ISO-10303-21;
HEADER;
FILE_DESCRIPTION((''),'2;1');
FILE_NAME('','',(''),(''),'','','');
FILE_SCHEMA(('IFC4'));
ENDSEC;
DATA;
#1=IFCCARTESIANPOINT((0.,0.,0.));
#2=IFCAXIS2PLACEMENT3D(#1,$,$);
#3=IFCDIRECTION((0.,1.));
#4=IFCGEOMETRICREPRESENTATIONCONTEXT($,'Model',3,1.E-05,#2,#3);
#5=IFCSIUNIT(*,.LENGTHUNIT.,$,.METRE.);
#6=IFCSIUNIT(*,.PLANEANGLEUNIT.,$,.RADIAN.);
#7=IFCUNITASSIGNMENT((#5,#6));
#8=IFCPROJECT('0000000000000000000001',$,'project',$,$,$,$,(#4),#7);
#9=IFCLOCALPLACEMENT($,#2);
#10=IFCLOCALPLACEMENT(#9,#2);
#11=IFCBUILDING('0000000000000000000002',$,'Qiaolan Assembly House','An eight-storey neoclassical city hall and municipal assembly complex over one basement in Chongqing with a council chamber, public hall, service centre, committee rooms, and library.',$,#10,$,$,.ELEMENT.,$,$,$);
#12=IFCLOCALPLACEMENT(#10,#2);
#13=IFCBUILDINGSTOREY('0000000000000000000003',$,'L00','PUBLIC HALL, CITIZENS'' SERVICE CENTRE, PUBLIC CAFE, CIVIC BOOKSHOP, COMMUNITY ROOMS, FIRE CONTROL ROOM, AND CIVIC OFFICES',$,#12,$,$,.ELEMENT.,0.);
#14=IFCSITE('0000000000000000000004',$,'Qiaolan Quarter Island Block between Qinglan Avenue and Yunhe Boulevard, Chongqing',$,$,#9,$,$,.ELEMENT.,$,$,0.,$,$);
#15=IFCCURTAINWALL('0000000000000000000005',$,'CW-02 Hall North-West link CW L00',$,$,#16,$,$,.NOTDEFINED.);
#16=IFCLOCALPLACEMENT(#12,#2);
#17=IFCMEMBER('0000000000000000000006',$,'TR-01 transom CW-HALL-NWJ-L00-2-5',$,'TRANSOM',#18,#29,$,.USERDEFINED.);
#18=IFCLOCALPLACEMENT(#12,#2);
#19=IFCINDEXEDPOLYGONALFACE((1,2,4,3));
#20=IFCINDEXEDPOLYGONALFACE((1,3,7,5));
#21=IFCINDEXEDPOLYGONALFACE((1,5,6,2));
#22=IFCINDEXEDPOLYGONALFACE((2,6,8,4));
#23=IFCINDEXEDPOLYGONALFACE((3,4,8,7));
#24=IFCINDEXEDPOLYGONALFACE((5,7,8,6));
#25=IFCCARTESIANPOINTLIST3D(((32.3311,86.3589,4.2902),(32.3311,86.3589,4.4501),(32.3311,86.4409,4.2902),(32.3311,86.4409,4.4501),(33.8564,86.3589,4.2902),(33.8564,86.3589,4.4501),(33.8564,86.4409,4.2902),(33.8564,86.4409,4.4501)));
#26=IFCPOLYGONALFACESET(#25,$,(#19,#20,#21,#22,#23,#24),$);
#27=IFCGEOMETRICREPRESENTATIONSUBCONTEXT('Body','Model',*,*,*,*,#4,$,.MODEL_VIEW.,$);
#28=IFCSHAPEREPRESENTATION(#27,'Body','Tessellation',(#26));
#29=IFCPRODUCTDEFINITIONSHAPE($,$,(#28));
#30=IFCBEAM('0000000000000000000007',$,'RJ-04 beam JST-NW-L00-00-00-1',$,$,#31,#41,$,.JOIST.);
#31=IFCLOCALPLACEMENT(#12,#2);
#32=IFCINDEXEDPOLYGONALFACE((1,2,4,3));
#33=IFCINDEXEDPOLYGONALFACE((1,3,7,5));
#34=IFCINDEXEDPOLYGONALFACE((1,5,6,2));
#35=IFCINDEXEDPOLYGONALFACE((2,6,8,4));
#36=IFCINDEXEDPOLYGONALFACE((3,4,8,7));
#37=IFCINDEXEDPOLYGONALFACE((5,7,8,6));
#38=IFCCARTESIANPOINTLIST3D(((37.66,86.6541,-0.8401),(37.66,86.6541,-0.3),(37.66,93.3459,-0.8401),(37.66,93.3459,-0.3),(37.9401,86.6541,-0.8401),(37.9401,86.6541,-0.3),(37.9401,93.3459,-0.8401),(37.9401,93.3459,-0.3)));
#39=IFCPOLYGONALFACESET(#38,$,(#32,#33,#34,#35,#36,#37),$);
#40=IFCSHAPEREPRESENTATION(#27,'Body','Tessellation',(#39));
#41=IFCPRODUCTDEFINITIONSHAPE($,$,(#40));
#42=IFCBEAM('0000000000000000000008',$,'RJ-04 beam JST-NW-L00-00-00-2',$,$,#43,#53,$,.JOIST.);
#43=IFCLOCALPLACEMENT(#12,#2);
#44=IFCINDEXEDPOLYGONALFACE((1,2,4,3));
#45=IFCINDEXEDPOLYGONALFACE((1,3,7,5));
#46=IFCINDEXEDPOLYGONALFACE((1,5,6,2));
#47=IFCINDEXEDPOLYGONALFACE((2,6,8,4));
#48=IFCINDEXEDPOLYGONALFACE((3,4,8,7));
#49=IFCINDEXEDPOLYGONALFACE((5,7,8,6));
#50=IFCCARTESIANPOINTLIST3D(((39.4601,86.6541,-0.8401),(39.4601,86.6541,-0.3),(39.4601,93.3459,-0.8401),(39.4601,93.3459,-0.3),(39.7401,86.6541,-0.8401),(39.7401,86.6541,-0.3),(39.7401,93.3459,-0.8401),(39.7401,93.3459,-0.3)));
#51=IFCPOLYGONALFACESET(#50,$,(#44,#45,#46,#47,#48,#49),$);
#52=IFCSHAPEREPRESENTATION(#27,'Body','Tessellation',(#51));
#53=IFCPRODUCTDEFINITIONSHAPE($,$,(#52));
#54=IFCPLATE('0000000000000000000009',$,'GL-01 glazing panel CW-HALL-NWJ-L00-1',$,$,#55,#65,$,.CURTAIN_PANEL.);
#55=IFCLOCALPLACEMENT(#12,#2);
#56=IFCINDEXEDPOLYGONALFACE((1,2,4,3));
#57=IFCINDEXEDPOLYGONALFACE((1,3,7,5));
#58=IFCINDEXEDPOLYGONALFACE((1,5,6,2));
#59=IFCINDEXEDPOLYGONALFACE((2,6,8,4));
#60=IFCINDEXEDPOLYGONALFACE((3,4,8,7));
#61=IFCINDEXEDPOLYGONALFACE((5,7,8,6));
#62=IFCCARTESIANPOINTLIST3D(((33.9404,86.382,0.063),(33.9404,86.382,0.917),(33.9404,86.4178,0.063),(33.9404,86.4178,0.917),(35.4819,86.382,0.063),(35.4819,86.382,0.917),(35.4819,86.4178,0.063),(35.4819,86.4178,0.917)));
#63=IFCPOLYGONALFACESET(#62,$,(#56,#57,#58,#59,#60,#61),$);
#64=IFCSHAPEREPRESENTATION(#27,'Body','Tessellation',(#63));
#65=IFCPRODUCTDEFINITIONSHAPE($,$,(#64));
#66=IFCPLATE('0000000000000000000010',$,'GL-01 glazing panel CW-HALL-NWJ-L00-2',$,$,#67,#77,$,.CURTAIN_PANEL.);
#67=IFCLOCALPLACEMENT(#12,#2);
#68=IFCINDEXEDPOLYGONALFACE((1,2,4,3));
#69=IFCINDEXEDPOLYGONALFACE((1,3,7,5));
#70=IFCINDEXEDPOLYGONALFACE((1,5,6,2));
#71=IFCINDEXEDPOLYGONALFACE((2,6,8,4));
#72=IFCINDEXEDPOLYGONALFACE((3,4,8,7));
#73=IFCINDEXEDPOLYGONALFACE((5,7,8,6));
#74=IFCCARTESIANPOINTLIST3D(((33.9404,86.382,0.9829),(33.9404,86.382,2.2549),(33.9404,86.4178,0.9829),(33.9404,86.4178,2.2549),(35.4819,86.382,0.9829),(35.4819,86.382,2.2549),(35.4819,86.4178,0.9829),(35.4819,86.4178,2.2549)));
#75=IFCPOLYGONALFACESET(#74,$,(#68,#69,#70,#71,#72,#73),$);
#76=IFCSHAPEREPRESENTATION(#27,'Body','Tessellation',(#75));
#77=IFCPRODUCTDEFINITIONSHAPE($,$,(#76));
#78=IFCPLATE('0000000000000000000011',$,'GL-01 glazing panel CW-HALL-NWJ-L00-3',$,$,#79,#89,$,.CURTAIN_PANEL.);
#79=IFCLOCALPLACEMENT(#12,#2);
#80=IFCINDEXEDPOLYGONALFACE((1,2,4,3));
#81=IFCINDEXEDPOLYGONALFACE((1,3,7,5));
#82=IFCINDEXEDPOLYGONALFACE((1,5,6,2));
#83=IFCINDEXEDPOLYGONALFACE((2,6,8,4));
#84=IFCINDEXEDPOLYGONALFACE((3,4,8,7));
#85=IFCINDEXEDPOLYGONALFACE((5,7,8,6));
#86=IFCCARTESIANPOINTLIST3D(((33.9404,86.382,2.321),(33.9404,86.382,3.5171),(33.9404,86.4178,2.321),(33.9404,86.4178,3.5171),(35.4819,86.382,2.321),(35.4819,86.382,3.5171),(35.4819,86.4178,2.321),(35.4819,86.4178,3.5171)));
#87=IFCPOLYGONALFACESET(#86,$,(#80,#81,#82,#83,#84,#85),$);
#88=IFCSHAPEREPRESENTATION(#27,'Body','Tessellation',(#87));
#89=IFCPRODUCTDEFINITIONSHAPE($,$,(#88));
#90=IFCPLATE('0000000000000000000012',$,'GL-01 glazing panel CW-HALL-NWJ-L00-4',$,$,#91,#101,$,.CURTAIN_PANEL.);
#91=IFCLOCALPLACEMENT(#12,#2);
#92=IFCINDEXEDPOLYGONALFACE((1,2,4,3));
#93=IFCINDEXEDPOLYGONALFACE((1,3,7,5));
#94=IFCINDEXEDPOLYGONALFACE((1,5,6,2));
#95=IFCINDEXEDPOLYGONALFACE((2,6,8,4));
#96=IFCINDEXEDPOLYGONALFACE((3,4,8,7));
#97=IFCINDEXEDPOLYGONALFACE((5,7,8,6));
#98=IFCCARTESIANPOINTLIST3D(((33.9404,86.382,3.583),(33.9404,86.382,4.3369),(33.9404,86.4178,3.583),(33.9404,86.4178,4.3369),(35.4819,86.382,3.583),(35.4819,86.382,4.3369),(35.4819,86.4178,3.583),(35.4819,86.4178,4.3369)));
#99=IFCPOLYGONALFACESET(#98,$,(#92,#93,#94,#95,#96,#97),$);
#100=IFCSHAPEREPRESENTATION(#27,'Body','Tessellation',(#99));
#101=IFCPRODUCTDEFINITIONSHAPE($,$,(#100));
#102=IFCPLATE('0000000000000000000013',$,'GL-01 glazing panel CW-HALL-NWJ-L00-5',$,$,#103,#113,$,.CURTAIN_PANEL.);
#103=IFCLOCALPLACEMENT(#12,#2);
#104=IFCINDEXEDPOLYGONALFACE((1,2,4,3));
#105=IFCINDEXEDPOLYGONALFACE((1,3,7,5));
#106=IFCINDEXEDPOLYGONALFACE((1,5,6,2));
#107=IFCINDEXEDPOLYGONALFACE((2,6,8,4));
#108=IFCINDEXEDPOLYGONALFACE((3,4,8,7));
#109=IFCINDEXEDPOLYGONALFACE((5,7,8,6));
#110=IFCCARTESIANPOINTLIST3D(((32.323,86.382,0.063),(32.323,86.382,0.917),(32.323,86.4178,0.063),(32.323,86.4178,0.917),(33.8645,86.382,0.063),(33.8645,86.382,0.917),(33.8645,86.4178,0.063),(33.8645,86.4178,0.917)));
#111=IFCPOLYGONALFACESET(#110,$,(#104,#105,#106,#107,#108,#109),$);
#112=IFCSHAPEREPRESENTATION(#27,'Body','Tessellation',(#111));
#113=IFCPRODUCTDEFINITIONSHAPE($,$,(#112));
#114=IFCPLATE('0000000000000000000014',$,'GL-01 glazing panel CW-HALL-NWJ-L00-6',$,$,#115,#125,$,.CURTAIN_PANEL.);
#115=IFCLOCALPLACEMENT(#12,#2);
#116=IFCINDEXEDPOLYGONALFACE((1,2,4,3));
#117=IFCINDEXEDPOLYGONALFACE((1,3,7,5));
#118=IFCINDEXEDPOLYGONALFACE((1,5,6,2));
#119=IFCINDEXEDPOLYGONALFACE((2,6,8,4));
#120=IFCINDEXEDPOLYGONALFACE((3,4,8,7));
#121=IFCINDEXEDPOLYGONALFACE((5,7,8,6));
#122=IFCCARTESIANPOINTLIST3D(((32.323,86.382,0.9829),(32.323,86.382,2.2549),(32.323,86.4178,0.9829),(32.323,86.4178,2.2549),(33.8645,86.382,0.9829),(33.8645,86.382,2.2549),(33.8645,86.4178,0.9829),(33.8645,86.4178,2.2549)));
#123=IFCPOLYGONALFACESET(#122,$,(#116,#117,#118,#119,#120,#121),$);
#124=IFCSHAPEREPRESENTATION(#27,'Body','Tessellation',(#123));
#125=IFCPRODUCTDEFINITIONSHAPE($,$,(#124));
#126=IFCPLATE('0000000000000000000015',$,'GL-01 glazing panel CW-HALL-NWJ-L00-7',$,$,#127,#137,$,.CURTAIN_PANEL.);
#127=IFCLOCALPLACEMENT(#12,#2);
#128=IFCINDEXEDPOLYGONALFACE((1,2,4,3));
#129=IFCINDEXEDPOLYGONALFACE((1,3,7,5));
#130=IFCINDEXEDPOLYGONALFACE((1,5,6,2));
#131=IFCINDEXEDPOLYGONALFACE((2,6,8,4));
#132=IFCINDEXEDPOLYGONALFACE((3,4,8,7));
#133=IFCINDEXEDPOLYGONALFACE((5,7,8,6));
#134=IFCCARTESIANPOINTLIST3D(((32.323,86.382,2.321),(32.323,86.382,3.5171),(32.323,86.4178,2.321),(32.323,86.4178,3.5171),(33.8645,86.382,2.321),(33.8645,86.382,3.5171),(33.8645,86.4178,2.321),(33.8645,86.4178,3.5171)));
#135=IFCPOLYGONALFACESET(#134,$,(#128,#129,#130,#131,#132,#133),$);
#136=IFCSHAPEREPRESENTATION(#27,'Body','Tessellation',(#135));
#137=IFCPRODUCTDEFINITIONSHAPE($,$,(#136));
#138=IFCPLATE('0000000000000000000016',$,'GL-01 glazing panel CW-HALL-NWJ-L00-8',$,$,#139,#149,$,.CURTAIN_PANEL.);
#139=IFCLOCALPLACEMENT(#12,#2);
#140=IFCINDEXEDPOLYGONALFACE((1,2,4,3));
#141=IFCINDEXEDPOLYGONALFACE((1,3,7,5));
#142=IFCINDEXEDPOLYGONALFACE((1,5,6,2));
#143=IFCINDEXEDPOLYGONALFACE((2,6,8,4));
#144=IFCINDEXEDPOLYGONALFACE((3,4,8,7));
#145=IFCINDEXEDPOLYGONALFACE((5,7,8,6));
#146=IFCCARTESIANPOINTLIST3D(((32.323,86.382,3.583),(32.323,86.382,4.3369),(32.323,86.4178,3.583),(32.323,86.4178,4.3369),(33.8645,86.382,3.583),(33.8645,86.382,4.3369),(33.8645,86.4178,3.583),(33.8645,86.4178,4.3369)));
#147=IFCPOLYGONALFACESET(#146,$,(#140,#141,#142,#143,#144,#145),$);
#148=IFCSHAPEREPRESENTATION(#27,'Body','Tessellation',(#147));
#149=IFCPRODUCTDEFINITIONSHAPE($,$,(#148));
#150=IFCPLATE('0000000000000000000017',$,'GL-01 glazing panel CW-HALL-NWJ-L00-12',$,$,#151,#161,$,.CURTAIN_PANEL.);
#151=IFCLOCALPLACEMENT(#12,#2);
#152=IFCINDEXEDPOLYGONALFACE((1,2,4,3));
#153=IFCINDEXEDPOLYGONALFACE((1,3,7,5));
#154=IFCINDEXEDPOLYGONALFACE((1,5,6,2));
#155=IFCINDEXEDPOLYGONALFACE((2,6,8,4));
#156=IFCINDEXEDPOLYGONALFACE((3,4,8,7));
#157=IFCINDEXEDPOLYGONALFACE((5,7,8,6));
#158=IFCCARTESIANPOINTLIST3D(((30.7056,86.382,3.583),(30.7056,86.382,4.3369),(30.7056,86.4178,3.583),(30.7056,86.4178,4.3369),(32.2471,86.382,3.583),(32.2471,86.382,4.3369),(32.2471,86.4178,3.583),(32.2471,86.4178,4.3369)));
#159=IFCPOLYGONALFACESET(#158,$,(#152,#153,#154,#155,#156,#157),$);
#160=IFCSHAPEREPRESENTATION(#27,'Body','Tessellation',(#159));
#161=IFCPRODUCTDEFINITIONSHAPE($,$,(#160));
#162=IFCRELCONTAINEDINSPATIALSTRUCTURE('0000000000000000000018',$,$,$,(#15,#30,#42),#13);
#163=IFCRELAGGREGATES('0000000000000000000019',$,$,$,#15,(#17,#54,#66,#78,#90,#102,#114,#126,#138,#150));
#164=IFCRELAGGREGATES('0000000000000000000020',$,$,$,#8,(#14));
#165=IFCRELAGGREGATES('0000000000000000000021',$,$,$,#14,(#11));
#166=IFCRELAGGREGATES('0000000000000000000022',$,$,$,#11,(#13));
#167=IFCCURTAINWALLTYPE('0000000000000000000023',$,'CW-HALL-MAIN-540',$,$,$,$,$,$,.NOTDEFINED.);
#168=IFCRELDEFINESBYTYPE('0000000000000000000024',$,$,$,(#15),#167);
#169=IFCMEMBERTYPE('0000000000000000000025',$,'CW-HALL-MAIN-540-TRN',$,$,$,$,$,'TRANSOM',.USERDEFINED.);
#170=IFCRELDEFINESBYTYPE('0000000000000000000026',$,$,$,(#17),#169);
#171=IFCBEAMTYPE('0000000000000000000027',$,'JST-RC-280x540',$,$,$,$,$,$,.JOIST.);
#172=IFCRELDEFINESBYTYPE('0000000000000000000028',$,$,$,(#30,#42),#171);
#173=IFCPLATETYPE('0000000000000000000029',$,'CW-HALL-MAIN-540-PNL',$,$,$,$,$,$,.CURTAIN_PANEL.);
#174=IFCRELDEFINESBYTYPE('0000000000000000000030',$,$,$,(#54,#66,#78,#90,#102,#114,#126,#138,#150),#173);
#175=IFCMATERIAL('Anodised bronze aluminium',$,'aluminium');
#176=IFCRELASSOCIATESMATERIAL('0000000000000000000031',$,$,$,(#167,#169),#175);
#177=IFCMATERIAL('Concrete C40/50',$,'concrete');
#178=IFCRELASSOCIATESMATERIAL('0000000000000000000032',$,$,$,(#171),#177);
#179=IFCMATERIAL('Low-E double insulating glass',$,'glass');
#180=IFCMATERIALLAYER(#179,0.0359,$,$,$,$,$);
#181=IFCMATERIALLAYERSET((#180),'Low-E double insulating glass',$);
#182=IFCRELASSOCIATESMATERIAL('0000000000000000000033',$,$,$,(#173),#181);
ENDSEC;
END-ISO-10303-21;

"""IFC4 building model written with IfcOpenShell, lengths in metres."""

from ifc_helpers import new_model, si_unit, direction, frame, frame_2d, origin, origin_2d, place, context, subcontext, project, spatial, rectangle, extrude, material, layer, layer_set, material_profile, profile_set, type_object, element, aggregate, save


model = new_model("IFC4")

# Units and contexts
model_context = context("Model", 3, precision=1e-05, world=origin(), true_north=direction((0.0, 1.0)))
body_context = subcontext(model_context, "Body", "Model", "MODEL_VIEW")
ifc_project = project(units=[si_unit("LENGTHUNIT", "METRE"), si_unit("PLANEANGLEUNIT", "RADIAN")], contexts=[model_context])

# Site, building, storey
site_placement = place(None, origin())
site = spatial("IfcSite", under=ifc_project, at=site_placement, Name="Qiaolan Quarter Island Block between Qinglan Avenue and Yunhe Boulevard, Chongqing", CompositionType="ELEMENT", RefElevation=0.0)
building_placement = place(site_placement, origin())
building = spatial("IfcBuilding", under=site, at=building_placement, Name="Qiaolan Assembly House", Description="An eight-storey neoclassical city hall and municipal assembly complex over one basement in Chongqing with a council chamber, public hall, service centre, committee rooms, and library.", CompositionType="ELEMENT")
storey_placement = place(building_placement, origin())
storey = spatial("IfcBuildingStorey", under=building, at=storey_placement, Name="L00", Description="PUBLIC HALL, CITIZENS' SERVICE CENTRE, PUBLIC CAFE, CIVIC BOOKSHOP, COMMUNITY ROOMS, FIRE CONTROL ROOM, AND CIVIC OFFICES", CompositionType="ELEMENT", Elevation=0.0)

# Curtain wall, member
ifc_material_1 = material(Name="Anodised bronze aluminium", Category="aluminium")
curtain_wall_type = type_object("IfcCurtainWallType", Name="CW-HALL-MAIN-540", PredefinedType="NOTDEFINED", material=ifc_material_1)
curtain_wall_placement = place(storey_placement, origin())
curtain_wall = element("IfcCurtainWall", 1, at=curtain_wall_placement, inside=storey, type_object=curtain_wall_type, Name="CW-02 Hall North-West link CW L00", PredefinedType="NOTDEFINED")
ifc_material_profile_1 = material_profile(ifc_material_1, rectangle(XDim=0.082, YDim=0.1599, at=origin_2d()), Name="TRN 82x160")
ifc_profile_set_1 = profile_set([ifc_material_profile_1], Name="Anodised bronze aluminium")
member_type_1 = type_object("IfcMemberType", Name="CW-HALL-MAIN-540-TRN", ElementType="TRANSOM", PredefinedType="USERDEFINED", material=ifc_profile_set_1)
member_1_placement = place(storey_placement, frame((33.8564, 86.3999, 4.3701), z_axis=(-1.0, 0.0, 0.0), x_axis=(0.0, -1.0, 0.0)))
member_1 = element("IfcMember", 2, at=member_1_placement, type_object=member_type_1, Name="TR-01 transom CW-HALL-NWJ-L00-2-5", ObjectType="TRANSOM", PredefinedType="USERDEFINED", context=body_context, shape_type="SweptSolid", body=[
    extrude(rectangle(XDim=0.082, YDim=0.1599, at=origin_2d()), origin(), (0.0, 0.0, 1.0), 1.5254),
])

# Beams
ifc_material_2 = material(Name="Concrete C40/50", Category="concrete")
ifc_material_profile_2 = material_profile(ifc_material_2, rectangle(XDim=0.28, YDim=0.54, at=origin_2d()), Name="RCB 280x540")
ifc_profile_set_2 = profile_set([ifc_material_profile_2], Name="Concrete C40/50")
beam_type_1 = type_object("IfcBeamType", Name="JST-RC-280x540", PredefinedType="JOIST", material=ifc_profile_set_2)
for number, where, z_axis, x_axis, name in (
    (3, (37.8, 86.6541, -0.5701), (0.0, 1.0, 0.0), (-1.0, 0.0, 0.0), "RJ-04 beam JST-NW-L00-00-00-1"),
    (4, (39.6001, 86.6541, -0.5701), (0.0, 1.0, 0.0), (-1.0, 0.0, 0.0), "RJ-04 beam JST-NW-L00-00-00-2"),
):
    element("IfcBeam", number, at=place(storey_placement, frame(where, z_axis=z_axis, x_axis=x_axis)), inside=storey, type_object=beam_type_1, Name=name, PredefinedType="JOIST", context=body_context, shape_type="SweptSolid", body=[
        extrude(rectangle(XDim=0.28, YDim=0.54, at=origin_2d()), origin(), (0.0, 0.0, 1.0), 6.6919),
    ])

# Plates
ifc_material_3 = material(Name="Low-E double insulating glass", Category="glass")
ifc_layer = layer(ifc_material_3, 0.0359)
ifc_layer_set = layer_set([ifc_layer], Name="Low-E double insulating glass")
plate_type = type_object("IfcPlateType", Name="CW-HALL-MAIN-540-PNL", PredefinedType="CURTAIN_PANEL", material=ifc_layer_set)
plate_1_placement = place(storey_placement, frame((35.4819, 86.3999, 0.063), z_axis=(0.0, 0.0, 1.0), x_axis=(-1.0, 0.0, 0.0)))
plate_1 = element("IfcPlate", 5, at=plate_1_placement, type_object=plate_type, Name="GL-01 glazing panel CW-HALL-NWJ-L00-1", PredefinedType="CURTAIN_PANEL", context=body_context, shape_type="SweptSolid", body=[
    extrude(rectangle(XDim=1.5415, YDim=0.0359, at=frame_2d((0.7708, 0.0))), origin(), (0.0, 0.0, 1.0), 0.854),
])
plate_2_placement = place(storey_placement, frame((35.4819, 86.3999, 0.9829), z_axis=(0.0, 0.0, 1.0), x_axis=(-1.0, 0.0, 0.0)))
plate_2 = element("IfcPlate", 6, at=plate_2_placement, type_object=plate_type, Name="GL-01 glazing panel CW-HALL-NWJ-L00-2", PredefinedType="CURTAIN_PANEL", context=body_context, shape_type="SweptSolid", body=[
    extrude(rectangle(XDim=1.5415, YDim=0.0359, at=frame_2d((0.7708, 0.0))), origin(), (0.0, 0.0, 1.0), 1.272),
])
plate_3_placement = place(storey_placement, frame((35.4819, 86.3999, 2.321), z_axis=(0.0, 0.0, 1.0), x_axis=(-1.0, 0.0, 0.0)))
plate_3 = element("IfcPlate", 7, at=plate_3_placement, type_object=plate_type, Name="GL-01 glazing panel CW-HALL-NWJ-L00-3", PredefinedType="CURTAIN_PANEL", context=body_context, shape_type="SweptSolid", body=[
    extrude(rectangle(XDim=1.5415, YDim=0.0359, at=frame_2d((0.7708, 0.0))), origin(), (0.0, 0.0, 1.0), 1.196),
])
plate_4_placement = place(storey_placement, frame((35.4819, 86.3999, 3.583), z_axis=(0.0, 0.0, 1.0), x_axis=(-1.0, 0.0, 0.0)))
plate_4 = element("IfcPlate", 8, at=plate_4_placement, type_object=plate_type, Name="GL-01 glazing panel CW-HALL-NWJ-L00-4", PredefinedType="CURTAIN_PANEL", context=body_context, shape_type="SweptSolid", body=[
    extrude(rectangle(XDim=1.5415, YDim=0.0359, at=frame_2d((0.7708, 0.0))), origin(), (0.0, 0.0, 1.0), 0.7539),
])
plate_5_placement = place(storey_placement, frame((33.8645, 86.3999, 0.063), z_axis=(0.0, 0.0, 1.0), x_axis=(-1.0, 0.0, 0.0)))
plate_5 = element("IfcPlate", 9, at=plate_5_placement, type_object=plate_type, Name="GL-01 glazing panel CW-HALL-NWJ-L00-5", PredefinedType="CURTAIN_PANEL", context=body_context, shape_type="SweptSolid", body=[
    extrude(rectangle(XDim=1.5415, YDim=0.0359, at=frame_2d((0.7708, 0.0))), origin(), (0.0, 0.0, 1.0), 0.854),
])
plate_6_placement = place(storey_placement, frame((33.8645, 86.3999, 0.9829), z_axis=(0.0, 0.0, 1.0), x_axis=(-1.0, 0.0, 0.0)))
plate_6 = element("IfcPlate", 10, at=plate_6_placement, type_object=plate_type, Name="GL-01 glazing panel CW-HALL-NWJ-L00-6", PredefinedType="CURTAIN_PANEL", context=body_context, shape_type="SweptSolid", body=[
    extrude(rectangle(XDim=1.5415, YDim=0.0359, at=frame_2d((0.7708, 0.0))), origin(), (0.0, 0.0, 1.0), 1.272),
])
plate_7_placement = place(storey_placement, frame((33.8645, 86.3999, 2.321), z_axis=(0.0, 0.0, 1.0), x_axis=(-1.0, 0.0, 0.0)))
plate_7 = element("IfcPlate", 11, at=plate_7_placement, type_object=plate_type, Name="GL-01 glazing panel CW-HALL-NWJ-L00-7", PredefinedType="CURTAIN_PANEL", context=body_context, shape_type="SweptSolid", body=[
    extrude(rectangle(XDim=1.5415, YDim=0.0359, at=frame_2d((0.7708, 0.0))), origin(), (0.0, 0.0, 1.0), 1.196),
])
plate_8_placement = place(storey_placement, frame((33.8645, 86.3999, 3.583), z_axis=(0.0, 0.0, 1.0), x_axis=(-1.0, 0.0, 0.0)))
plate_8 = element("IfcPlate", 12, at=plate_8_placement, type_object=plate_type, Name="GL-01 glazing panel CW-HALL-NWJ-L00-8", PredefinedType="CURTAIN_PANEL", context=body_context, shape_type="SweptSolid", body=[
    extrude(rectangle(XDim=1.5415, YDim=0.0359, at=frame_2d((0.7708, 0.0))), origin(), (0.0, 0.0, 1.0), 0.7539),
])
plate_9_placement = place(storey_placement, frame((32.2471, 86.3999, 3.583), z_axis=(0.0, 0.0, 1.0), x_axis=(-1.0, 0.0, 0.0)))
plate_9 = element("IfcPlate", 13, at=plate_9_placement, type_object=plate_type, Name="GL-01 glazing panel CW-HALL-NWJ-L00-12", PredefinedType="CURTAIN_PANEL", context=body_context, shape_type="SweptSolid", body=[
    extrude(rectangle(XDim=1.5415, YDim=0.0359, at=frame_2d((0.7708, 0.0))), origin(), (0.0, 0.0, 1.0), 0.7539),
])
aggregate(curtain_wall, [member_1, plate_1, plate_2, plate_3, plate_4, plate_5, plate_6, plate_7, plate_8, plate_9])

save(model, "model.ifc")
